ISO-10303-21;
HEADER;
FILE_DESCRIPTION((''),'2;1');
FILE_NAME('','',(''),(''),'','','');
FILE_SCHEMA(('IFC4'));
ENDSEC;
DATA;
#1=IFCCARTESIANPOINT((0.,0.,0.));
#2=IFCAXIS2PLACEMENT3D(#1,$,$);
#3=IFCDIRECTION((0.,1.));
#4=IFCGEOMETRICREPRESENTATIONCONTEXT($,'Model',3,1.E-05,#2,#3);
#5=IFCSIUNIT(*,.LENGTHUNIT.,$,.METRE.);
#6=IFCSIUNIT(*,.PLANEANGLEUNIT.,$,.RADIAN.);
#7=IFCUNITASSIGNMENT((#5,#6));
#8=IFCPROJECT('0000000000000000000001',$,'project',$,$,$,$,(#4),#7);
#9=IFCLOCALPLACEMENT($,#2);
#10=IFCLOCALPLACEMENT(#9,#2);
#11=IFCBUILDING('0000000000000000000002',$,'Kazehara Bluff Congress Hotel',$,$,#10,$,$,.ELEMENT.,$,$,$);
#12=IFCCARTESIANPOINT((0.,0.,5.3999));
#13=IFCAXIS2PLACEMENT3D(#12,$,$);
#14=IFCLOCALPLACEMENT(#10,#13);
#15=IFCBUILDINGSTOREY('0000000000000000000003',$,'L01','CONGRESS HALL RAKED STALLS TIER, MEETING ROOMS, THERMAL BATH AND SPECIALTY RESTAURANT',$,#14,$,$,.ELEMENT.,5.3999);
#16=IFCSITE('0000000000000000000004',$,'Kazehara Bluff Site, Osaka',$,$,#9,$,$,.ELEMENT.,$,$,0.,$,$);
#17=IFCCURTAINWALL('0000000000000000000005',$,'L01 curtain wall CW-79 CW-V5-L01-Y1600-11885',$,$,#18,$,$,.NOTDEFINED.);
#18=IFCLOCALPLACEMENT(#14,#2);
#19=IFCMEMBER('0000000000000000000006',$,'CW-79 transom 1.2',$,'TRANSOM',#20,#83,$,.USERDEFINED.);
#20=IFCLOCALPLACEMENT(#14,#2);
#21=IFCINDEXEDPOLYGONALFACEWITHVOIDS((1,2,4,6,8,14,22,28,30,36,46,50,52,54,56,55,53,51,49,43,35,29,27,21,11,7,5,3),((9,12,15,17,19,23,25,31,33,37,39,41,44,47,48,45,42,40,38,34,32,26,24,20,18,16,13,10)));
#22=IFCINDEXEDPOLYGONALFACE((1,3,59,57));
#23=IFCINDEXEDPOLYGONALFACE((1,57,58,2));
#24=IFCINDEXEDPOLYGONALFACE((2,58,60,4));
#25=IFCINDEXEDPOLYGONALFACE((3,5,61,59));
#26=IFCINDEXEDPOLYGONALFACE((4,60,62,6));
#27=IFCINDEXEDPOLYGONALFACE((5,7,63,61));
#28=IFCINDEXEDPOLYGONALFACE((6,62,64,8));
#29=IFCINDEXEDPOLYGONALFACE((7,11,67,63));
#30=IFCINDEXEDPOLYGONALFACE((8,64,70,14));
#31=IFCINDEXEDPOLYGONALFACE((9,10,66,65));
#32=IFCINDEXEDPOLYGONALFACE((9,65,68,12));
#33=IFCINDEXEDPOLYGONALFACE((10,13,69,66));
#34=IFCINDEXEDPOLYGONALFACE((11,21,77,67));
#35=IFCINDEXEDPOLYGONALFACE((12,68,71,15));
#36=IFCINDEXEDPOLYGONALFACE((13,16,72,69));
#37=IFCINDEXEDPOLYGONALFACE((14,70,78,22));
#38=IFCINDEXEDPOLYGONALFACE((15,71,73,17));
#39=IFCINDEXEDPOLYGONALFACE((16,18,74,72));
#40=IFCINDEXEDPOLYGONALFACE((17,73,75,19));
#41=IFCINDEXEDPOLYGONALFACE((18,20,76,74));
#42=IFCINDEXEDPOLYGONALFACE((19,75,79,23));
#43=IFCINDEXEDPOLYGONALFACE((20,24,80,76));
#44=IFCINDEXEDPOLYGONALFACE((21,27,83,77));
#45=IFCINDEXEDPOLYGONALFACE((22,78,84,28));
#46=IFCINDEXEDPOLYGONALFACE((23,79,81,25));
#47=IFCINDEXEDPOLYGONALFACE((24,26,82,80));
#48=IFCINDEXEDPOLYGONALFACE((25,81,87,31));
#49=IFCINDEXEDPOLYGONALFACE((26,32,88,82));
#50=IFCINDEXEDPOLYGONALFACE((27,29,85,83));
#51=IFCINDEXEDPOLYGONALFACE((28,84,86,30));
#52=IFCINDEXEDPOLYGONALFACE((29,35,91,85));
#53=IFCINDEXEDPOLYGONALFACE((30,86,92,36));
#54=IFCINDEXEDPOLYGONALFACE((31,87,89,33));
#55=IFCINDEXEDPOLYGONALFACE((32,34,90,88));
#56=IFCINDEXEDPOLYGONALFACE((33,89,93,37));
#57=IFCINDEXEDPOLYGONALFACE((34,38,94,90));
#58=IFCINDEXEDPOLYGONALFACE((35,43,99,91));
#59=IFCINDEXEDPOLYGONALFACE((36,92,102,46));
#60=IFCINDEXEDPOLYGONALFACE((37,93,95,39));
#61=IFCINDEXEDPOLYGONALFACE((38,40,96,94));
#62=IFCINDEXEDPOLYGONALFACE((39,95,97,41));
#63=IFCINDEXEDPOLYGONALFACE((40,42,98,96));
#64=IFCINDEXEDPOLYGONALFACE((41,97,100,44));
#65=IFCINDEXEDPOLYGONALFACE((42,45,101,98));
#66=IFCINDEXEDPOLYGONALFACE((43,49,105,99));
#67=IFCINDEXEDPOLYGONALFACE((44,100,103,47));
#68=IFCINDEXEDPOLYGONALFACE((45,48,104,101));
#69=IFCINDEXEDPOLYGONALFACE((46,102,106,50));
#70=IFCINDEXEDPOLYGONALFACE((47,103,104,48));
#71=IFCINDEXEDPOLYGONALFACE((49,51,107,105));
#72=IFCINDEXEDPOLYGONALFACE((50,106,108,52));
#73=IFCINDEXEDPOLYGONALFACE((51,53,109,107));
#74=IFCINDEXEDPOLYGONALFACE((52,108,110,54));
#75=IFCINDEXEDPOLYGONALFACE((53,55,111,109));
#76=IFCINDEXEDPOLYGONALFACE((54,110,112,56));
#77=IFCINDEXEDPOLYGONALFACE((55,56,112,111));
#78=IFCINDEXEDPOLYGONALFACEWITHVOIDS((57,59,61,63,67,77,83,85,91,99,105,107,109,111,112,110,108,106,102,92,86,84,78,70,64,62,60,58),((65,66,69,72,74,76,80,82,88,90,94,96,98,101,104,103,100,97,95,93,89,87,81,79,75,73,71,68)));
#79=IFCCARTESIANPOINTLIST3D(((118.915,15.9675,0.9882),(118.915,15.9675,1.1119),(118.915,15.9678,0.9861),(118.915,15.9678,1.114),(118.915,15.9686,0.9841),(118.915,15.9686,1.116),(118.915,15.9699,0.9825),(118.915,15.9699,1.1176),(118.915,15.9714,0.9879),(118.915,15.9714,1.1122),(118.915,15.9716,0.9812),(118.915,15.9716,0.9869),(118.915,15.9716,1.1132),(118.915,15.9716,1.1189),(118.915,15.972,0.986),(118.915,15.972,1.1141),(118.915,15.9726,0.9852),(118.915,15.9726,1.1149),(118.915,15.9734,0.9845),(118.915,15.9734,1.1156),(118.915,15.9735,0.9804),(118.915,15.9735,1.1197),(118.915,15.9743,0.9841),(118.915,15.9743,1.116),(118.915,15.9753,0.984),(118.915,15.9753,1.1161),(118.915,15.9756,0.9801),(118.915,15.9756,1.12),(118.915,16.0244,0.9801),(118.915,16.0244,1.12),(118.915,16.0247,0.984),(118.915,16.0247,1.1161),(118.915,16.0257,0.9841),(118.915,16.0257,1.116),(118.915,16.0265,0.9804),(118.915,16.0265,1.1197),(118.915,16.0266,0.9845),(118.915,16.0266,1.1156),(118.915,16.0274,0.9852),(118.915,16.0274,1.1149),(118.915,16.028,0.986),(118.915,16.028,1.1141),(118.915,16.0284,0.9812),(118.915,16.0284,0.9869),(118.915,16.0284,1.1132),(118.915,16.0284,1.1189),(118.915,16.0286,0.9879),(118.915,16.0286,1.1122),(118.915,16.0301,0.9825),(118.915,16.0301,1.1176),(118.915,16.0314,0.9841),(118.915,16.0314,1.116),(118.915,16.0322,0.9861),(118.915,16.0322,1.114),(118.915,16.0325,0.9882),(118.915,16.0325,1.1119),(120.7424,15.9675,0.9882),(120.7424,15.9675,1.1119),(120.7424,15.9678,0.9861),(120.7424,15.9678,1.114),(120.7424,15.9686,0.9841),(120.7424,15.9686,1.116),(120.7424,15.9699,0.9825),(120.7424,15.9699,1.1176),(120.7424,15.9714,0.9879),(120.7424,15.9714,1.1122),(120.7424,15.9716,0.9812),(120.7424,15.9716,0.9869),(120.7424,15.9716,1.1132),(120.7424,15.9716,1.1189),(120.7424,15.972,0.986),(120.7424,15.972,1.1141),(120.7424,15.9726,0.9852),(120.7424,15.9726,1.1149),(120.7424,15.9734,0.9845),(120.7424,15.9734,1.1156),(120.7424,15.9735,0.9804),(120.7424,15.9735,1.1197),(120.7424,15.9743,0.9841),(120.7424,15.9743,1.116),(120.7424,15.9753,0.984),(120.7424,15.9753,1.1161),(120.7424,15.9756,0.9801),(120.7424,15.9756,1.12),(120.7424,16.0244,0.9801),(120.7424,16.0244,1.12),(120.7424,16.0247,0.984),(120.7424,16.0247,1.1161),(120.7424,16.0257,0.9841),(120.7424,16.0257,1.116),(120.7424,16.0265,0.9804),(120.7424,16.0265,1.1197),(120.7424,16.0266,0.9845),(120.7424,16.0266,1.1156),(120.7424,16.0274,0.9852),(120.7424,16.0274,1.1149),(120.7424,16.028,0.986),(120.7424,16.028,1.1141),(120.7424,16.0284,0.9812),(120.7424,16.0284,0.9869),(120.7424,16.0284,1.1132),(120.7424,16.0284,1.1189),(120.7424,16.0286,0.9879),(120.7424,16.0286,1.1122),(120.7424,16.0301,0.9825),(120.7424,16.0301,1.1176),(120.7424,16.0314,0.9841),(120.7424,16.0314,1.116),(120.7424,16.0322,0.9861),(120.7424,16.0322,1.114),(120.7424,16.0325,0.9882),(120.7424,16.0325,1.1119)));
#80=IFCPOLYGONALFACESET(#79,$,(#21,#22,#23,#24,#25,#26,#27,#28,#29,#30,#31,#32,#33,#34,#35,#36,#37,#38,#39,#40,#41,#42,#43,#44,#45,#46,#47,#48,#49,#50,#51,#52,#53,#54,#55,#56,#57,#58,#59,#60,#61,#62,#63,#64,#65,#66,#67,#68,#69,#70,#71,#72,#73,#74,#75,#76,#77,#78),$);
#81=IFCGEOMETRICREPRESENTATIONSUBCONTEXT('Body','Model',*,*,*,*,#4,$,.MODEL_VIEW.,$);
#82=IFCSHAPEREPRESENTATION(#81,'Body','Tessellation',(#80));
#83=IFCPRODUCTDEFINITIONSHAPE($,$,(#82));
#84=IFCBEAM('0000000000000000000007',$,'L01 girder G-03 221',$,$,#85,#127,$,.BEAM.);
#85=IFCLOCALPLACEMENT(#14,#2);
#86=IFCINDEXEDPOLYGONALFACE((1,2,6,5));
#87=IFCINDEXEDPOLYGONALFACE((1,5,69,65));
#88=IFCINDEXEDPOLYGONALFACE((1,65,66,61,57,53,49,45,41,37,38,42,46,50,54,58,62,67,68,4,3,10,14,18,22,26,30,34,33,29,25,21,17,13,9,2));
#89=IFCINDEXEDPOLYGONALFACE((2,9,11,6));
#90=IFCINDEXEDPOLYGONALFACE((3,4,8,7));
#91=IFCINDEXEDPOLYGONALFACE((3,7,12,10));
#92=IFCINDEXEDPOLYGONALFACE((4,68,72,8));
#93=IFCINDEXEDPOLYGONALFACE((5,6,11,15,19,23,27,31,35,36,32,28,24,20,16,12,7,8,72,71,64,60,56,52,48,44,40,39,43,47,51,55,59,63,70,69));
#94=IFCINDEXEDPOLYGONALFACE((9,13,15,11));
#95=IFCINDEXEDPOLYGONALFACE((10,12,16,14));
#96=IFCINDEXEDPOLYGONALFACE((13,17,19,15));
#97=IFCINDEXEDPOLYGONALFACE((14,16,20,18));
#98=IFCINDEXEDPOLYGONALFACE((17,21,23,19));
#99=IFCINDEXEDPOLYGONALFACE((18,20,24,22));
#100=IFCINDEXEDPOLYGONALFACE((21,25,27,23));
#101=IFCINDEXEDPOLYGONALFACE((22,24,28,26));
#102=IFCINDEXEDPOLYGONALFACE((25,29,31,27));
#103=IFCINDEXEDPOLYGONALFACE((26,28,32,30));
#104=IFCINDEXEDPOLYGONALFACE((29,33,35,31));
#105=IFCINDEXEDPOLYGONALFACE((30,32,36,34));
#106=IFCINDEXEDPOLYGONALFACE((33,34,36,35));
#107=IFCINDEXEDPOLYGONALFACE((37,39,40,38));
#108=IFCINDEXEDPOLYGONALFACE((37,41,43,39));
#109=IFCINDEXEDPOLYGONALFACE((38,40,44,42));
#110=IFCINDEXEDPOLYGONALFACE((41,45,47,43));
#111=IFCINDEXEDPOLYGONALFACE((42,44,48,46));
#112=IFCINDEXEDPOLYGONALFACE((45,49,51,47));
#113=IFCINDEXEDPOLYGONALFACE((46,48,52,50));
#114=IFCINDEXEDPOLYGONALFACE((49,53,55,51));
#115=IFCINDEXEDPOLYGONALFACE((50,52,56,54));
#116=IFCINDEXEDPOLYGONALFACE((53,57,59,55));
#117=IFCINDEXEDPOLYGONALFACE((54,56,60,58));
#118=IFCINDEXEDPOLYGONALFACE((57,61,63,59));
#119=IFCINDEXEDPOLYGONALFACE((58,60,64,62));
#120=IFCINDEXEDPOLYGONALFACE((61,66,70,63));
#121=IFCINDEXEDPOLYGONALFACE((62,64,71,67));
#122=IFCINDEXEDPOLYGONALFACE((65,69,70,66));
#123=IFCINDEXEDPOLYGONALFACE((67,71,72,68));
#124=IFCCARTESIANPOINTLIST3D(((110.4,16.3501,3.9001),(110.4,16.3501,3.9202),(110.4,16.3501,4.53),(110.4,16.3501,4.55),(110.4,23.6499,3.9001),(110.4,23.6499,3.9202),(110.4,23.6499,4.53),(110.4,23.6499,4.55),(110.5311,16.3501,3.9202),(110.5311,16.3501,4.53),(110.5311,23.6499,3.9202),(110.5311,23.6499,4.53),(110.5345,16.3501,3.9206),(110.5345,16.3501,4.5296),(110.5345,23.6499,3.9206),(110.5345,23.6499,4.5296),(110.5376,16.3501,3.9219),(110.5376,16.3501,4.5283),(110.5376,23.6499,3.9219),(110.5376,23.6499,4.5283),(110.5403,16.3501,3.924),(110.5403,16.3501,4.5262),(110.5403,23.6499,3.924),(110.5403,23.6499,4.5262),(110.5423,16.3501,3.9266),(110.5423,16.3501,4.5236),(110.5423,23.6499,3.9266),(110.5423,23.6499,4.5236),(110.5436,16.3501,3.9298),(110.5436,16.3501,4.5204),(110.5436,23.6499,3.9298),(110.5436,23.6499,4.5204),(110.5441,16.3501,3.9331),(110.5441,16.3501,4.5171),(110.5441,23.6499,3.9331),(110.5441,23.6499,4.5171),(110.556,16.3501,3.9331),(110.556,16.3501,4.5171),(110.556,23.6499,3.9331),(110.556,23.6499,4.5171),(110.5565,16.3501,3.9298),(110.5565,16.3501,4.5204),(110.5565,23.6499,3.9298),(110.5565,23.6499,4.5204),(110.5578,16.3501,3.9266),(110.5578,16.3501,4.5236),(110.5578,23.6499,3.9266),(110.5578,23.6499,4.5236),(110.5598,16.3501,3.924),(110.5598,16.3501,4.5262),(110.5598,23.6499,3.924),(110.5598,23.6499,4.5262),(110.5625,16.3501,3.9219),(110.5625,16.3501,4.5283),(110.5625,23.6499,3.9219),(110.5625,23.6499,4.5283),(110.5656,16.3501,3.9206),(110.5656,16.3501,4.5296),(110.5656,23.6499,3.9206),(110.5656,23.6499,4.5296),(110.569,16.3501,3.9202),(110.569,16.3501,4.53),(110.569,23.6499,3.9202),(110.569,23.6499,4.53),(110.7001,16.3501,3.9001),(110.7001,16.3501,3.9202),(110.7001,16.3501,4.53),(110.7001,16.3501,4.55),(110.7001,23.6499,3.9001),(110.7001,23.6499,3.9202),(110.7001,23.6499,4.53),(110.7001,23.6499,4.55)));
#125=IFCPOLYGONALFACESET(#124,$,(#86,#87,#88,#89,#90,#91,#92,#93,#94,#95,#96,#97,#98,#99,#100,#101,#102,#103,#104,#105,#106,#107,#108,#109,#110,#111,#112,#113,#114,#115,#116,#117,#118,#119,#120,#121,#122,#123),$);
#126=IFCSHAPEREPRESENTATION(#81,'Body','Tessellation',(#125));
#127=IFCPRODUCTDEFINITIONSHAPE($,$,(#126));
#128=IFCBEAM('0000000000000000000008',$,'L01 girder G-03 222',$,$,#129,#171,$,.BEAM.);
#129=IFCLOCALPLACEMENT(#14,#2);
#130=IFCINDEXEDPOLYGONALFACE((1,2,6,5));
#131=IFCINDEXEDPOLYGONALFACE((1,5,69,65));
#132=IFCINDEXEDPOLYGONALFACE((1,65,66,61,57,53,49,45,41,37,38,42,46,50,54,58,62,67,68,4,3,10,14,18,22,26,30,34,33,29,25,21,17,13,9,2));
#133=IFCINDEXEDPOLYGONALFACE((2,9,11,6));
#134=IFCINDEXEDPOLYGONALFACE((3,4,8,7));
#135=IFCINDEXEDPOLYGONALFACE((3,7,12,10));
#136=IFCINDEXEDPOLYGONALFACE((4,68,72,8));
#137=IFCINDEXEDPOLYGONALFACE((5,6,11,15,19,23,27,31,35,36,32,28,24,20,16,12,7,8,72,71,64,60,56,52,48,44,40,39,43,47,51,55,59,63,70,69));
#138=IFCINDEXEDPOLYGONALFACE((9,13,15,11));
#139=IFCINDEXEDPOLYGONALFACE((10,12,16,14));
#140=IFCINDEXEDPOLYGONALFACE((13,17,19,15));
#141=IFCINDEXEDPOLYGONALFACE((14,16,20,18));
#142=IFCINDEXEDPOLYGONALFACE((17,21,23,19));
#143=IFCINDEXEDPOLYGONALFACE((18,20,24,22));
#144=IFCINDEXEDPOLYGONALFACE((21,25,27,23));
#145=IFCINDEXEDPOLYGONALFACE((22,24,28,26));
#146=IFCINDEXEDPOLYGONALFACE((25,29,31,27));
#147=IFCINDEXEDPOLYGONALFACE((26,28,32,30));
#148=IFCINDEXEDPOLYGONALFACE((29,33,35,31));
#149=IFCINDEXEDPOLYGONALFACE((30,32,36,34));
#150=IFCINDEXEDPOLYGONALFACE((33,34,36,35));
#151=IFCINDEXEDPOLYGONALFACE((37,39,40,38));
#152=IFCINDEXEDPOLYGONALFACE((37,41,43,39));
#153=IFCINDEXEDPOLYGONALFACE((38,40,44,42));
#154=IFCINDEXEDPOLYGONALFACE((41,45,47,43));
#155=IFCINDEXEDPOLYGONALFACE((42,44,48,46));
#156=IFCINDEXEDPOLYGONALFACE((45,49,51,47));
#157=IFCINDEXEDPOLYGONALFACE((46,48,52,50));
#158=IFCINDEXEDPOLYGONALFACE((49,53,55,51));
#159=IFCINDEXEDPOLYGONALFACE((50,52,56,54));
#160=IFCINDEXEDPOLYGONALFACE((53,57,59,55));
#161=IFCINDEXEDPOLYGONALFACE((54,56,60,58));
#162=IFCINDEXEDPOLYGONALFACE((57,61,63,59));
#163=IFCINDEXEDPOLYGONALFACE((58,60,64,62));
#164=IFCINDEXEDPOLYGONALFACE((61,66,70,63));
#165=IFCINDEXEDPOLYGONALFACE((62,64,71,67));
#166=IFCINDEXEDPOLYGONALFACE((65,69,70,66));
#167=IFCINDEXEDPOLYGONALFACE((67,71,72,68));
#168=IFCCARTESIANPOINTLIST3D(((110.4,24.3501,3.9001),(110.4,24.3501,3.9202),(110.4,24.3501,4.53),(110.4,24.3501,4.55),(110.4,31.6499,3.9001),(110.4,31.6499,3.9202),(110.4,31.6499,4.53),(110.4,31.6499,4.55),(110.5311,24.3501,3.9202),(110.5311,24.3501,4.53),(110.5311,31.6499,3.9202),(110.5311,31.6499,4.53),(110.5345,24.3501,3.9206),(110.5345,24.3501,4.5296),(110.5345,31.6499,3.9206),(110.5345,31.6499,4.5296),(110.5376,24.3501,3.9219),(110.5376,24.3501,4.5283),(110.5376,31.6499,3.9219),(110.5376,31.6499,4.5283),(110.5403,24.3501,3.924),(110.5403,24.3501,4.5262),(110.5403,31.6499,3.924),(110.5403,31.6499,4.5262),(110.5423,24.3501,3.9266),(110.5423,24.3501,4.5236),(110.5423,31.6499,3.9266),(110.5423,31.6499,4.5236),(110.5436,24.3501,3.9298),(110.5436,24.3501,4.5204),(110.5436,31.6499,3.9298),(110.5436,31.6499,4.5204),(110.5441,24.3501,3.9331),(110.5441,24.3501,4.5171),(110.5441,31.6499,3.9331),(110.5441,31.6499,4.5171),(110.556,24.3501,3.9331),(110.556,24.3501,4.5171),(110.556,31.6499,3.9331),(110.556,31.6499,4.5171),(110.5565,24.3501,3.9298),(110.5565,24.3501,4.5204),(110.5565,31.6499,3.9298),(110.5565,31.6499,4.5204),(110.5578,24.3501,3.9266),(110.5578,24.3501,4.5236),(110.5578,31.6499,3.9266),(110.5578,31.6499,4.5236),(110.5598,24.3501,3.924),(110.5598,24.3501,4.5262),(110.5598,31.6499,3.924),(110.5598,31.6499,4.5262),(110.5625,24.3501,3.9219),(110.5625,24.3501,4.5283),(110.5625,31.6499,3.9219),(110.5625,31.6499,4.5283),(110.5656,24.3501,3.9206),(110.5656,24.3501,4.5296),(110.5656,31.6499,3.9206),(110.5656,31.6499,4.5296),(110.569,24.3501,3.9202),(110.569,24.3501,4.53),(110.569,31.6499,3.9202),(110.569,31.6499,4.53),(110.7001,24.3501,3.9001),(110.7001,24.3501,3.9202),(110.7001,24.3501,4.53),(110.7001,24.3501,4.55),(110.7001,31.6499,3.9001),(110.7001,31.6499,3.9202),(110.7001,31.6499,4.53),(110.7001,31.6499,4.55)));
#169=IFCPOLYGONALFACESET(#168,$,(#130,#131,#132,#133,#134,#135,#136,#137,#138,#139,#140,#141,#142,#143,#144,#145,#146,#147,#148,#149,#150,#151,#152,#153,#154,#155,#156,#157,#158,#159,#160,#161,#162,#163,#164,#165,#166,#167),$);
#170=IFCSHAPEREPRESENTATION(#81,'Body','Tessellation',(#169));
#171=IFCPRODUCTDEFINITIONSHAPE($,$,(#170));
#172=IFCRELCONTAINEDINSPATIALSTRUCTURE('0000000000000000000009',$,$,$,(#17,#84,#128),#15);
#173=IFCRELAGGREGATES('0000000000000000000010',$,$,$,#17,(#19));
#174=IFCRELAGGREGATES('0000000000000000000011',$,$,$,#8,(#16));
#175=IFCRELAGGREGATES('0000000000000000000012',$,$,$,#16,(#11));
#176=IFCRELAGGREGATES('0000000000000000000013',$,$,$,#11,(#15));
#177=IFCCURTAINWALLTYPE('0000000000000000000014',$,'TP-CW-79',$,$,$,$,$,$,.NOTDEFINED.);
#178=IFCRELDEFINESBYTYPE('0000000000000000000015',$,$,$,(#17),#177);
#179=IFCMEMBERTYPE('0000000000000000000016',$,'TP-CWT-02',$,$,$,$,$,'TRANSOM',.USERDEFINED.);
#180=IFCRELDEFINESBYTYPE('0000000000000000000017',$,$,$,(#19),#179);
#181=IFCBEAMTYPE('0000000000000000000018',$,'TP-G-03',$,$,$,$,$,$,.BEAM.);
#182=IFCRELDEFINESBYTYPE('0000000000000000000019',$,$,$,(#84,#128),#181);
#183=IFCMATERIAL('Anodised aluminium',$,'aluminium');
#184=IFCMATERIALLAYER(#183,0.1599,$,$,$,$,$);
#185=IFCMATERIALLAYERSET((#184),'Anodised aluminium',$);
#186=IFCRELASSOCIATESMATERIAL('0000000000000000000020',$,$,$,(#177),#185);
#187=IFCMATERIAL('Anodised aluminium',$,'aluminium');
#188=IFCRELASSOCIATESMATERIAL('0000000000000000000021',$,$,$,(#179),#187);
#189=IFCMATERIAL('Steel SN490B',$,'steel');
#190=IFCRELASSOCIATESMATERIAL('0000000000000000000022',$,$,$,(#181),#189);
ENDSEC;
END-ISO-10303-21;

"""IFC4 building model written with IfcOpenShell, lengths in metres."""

from ifc_helpers import new_model, si_unit, direction, frame, origin, origin_2d, place, context, subcontext, project, spatial, hollow_rectangle, i_section, extrude, material, layer, layer_set, material_profile, profile_set, type_object, element, aggregate, save


model = new_model("IFC4")

# Units and contexts
model_context = context("Model", 3, precision=1e-05, world=origin(), true_north=direction((0.0, 1.0)))
body_context = subcontext(model_context, "Body", "Model", "MODEL_VIEW")
ifc_project = project(units=[si_unit("LENGTHUNIT", "METRE"), si_unit("PLANEANGLEUNIT", "RADIAN")], contexts=[model_context])

# Site, building, storey
site_placement = place(None, origin())
site = spatial("IfcSite", under=ifc_project, at=site_placement, Name="Kazehara Bluff Site, Osaka", CompositionType="ELEMENT", RefElevation=0.0)
building_placement = place(site_placement, origin())
building = spatial("IfcBuilding", under=site, at=building_placement, Name="Kazehara Bluff Congress Hotel", CompositionType="ELEMENT")
storey_placement = place(building_placement, frame((0.0, 0.0, 5.3999)))
storey = spatial("IfcBuildingStorey", under=building, at=storey_placement, Name="L01", Description="CONGRESS HALL RAKED STALLS TIER, MEETING ROOMS, THERMAL BATH AND SPECIALTY RESTAURANT", CompositionType="ELEMENT", Elevation=5.3999)

# Curtain wall
ifc_material_1 = material(Name="Anodised aluminium", Category="aluminium")
ifc_layer_1 = layer(ifc_material_1, 0.1599)
ifc_layer_set_1 = layer_set([ifc_layer_1], Name="Anodised aluminium")
curtain_wall_type_1 = type_object("IfcCurtainWallType", Name="TP-CW-79", PredefinedType="NOTDEFINED", material=ifc_layer_set_1)
curtain_wall_1_placement = place(storey_placement, origin())
curtain_wall_1 = element("IfcCurtainWall", 1, at=curtain_wall_1_placement, inside=storey, type_object=curtain_wall_type_1, Name="L01 curtain wall CW-79 CW-V5-L01-Y1600-11885", PredefinedType="NOTDEFINED")

# Member
ifc_material_2 = material(Name="Anodised aluminium", Category="aluminium")
ifc_material_profile_1 = material_profile(ifc_material_2, hollow_rectangle(XDim=0.0649, YDim=0.1399, WallThickness=0.0039, InnerFilletRadius=0.0039, OuterFilletRadius=0.0081, at=origin_2d()))
ifc_profile_set_1 = profile_set([ifc_material_profile_1], Name="Anodised aluminium")
member_type_1 = type_object("IfcMemberType", Name="TP-CWT-02", ElementType="TRANSOM", PredefinedType="USERDEFINED", material=ifc_profile_set_1)
member_1_placement = place(storey_placement, frame((118.915, 16.0, 1.05), z_axis=(1.0, 0.0, 0.0), x_axis=(0.0, 1.0, 0.0)))
member_1 = element("IfcMember", 2, at=member_1_placement, type_object=member_type_1, Name="CW-79 transom 1.2", ObjectType="TRANSOM", PredefinedType="USERDEFINED", context=body_context, shape_type="SweptSolid", body=[
    extrude(hollow_rectangle(XDim=0.0649, YDim=0.1399, WallThickness=0.0039, InnerFilletRadius=0.0039, OuterFilletRadius=0.0081, at=origin_2d()), origin(), (0.0, 0.0, 1.0), 1.8274),
])
aggregate(curtain_wall_1, [member_1])

# Beams
ifc_material_3 = material(Name="Steel SN490B", Category="steel")
ifc_material_profile_2 = material_profile(ifc_material_3, i_section(OverallWidth=0.3, OverallDepth=0.6499, WebThickness=0.012, FlangeThickness=0.02, FilletRadius=0.0129, at=origin_2d()))
ifc_profile_set_2 = profile_set([ifc_material_profile_2], Name="Steel SN490B")
beam_type_1 = type_object("IfcBeamType", Name="TP-G-03", PredefinedType="BEAM", material=ifc_profile_set_2)
for number, where, z_axis, x_axis, name in (
    (3, (110.55, 16.3501, 4.2251), (0.0, 1.0, 0.0), (-1.0, 0.0, 0.0), "L01 girder G-03 221"),
    (4, (110.55, 24.3501, 4.2251), (0.0, 1.0, 0.0), (-1.0, 0.0, 0.0), "L01 girder G-03 222"),
):
    element("IfcBeam", number, at=place(storey_placement, frame(where, z_axis=z_axis, x_axis=x_axis)), inside=storey, type_object=beam_type_1, Name=name, PredefinedType="BEAM", context=body_context, shape_type="SweptSolid", body=[
        extrude(i_section(OverallWidth=0.3, OverallDepth=0.6499, WebThickness=0.012, FlangeThickness=0.02, FilletRadius=0.0129, at=origin_2d()), origin(), (0.0, 0.0, 1.0), 7.2998),
    ])

save(model, "model.ifc")
